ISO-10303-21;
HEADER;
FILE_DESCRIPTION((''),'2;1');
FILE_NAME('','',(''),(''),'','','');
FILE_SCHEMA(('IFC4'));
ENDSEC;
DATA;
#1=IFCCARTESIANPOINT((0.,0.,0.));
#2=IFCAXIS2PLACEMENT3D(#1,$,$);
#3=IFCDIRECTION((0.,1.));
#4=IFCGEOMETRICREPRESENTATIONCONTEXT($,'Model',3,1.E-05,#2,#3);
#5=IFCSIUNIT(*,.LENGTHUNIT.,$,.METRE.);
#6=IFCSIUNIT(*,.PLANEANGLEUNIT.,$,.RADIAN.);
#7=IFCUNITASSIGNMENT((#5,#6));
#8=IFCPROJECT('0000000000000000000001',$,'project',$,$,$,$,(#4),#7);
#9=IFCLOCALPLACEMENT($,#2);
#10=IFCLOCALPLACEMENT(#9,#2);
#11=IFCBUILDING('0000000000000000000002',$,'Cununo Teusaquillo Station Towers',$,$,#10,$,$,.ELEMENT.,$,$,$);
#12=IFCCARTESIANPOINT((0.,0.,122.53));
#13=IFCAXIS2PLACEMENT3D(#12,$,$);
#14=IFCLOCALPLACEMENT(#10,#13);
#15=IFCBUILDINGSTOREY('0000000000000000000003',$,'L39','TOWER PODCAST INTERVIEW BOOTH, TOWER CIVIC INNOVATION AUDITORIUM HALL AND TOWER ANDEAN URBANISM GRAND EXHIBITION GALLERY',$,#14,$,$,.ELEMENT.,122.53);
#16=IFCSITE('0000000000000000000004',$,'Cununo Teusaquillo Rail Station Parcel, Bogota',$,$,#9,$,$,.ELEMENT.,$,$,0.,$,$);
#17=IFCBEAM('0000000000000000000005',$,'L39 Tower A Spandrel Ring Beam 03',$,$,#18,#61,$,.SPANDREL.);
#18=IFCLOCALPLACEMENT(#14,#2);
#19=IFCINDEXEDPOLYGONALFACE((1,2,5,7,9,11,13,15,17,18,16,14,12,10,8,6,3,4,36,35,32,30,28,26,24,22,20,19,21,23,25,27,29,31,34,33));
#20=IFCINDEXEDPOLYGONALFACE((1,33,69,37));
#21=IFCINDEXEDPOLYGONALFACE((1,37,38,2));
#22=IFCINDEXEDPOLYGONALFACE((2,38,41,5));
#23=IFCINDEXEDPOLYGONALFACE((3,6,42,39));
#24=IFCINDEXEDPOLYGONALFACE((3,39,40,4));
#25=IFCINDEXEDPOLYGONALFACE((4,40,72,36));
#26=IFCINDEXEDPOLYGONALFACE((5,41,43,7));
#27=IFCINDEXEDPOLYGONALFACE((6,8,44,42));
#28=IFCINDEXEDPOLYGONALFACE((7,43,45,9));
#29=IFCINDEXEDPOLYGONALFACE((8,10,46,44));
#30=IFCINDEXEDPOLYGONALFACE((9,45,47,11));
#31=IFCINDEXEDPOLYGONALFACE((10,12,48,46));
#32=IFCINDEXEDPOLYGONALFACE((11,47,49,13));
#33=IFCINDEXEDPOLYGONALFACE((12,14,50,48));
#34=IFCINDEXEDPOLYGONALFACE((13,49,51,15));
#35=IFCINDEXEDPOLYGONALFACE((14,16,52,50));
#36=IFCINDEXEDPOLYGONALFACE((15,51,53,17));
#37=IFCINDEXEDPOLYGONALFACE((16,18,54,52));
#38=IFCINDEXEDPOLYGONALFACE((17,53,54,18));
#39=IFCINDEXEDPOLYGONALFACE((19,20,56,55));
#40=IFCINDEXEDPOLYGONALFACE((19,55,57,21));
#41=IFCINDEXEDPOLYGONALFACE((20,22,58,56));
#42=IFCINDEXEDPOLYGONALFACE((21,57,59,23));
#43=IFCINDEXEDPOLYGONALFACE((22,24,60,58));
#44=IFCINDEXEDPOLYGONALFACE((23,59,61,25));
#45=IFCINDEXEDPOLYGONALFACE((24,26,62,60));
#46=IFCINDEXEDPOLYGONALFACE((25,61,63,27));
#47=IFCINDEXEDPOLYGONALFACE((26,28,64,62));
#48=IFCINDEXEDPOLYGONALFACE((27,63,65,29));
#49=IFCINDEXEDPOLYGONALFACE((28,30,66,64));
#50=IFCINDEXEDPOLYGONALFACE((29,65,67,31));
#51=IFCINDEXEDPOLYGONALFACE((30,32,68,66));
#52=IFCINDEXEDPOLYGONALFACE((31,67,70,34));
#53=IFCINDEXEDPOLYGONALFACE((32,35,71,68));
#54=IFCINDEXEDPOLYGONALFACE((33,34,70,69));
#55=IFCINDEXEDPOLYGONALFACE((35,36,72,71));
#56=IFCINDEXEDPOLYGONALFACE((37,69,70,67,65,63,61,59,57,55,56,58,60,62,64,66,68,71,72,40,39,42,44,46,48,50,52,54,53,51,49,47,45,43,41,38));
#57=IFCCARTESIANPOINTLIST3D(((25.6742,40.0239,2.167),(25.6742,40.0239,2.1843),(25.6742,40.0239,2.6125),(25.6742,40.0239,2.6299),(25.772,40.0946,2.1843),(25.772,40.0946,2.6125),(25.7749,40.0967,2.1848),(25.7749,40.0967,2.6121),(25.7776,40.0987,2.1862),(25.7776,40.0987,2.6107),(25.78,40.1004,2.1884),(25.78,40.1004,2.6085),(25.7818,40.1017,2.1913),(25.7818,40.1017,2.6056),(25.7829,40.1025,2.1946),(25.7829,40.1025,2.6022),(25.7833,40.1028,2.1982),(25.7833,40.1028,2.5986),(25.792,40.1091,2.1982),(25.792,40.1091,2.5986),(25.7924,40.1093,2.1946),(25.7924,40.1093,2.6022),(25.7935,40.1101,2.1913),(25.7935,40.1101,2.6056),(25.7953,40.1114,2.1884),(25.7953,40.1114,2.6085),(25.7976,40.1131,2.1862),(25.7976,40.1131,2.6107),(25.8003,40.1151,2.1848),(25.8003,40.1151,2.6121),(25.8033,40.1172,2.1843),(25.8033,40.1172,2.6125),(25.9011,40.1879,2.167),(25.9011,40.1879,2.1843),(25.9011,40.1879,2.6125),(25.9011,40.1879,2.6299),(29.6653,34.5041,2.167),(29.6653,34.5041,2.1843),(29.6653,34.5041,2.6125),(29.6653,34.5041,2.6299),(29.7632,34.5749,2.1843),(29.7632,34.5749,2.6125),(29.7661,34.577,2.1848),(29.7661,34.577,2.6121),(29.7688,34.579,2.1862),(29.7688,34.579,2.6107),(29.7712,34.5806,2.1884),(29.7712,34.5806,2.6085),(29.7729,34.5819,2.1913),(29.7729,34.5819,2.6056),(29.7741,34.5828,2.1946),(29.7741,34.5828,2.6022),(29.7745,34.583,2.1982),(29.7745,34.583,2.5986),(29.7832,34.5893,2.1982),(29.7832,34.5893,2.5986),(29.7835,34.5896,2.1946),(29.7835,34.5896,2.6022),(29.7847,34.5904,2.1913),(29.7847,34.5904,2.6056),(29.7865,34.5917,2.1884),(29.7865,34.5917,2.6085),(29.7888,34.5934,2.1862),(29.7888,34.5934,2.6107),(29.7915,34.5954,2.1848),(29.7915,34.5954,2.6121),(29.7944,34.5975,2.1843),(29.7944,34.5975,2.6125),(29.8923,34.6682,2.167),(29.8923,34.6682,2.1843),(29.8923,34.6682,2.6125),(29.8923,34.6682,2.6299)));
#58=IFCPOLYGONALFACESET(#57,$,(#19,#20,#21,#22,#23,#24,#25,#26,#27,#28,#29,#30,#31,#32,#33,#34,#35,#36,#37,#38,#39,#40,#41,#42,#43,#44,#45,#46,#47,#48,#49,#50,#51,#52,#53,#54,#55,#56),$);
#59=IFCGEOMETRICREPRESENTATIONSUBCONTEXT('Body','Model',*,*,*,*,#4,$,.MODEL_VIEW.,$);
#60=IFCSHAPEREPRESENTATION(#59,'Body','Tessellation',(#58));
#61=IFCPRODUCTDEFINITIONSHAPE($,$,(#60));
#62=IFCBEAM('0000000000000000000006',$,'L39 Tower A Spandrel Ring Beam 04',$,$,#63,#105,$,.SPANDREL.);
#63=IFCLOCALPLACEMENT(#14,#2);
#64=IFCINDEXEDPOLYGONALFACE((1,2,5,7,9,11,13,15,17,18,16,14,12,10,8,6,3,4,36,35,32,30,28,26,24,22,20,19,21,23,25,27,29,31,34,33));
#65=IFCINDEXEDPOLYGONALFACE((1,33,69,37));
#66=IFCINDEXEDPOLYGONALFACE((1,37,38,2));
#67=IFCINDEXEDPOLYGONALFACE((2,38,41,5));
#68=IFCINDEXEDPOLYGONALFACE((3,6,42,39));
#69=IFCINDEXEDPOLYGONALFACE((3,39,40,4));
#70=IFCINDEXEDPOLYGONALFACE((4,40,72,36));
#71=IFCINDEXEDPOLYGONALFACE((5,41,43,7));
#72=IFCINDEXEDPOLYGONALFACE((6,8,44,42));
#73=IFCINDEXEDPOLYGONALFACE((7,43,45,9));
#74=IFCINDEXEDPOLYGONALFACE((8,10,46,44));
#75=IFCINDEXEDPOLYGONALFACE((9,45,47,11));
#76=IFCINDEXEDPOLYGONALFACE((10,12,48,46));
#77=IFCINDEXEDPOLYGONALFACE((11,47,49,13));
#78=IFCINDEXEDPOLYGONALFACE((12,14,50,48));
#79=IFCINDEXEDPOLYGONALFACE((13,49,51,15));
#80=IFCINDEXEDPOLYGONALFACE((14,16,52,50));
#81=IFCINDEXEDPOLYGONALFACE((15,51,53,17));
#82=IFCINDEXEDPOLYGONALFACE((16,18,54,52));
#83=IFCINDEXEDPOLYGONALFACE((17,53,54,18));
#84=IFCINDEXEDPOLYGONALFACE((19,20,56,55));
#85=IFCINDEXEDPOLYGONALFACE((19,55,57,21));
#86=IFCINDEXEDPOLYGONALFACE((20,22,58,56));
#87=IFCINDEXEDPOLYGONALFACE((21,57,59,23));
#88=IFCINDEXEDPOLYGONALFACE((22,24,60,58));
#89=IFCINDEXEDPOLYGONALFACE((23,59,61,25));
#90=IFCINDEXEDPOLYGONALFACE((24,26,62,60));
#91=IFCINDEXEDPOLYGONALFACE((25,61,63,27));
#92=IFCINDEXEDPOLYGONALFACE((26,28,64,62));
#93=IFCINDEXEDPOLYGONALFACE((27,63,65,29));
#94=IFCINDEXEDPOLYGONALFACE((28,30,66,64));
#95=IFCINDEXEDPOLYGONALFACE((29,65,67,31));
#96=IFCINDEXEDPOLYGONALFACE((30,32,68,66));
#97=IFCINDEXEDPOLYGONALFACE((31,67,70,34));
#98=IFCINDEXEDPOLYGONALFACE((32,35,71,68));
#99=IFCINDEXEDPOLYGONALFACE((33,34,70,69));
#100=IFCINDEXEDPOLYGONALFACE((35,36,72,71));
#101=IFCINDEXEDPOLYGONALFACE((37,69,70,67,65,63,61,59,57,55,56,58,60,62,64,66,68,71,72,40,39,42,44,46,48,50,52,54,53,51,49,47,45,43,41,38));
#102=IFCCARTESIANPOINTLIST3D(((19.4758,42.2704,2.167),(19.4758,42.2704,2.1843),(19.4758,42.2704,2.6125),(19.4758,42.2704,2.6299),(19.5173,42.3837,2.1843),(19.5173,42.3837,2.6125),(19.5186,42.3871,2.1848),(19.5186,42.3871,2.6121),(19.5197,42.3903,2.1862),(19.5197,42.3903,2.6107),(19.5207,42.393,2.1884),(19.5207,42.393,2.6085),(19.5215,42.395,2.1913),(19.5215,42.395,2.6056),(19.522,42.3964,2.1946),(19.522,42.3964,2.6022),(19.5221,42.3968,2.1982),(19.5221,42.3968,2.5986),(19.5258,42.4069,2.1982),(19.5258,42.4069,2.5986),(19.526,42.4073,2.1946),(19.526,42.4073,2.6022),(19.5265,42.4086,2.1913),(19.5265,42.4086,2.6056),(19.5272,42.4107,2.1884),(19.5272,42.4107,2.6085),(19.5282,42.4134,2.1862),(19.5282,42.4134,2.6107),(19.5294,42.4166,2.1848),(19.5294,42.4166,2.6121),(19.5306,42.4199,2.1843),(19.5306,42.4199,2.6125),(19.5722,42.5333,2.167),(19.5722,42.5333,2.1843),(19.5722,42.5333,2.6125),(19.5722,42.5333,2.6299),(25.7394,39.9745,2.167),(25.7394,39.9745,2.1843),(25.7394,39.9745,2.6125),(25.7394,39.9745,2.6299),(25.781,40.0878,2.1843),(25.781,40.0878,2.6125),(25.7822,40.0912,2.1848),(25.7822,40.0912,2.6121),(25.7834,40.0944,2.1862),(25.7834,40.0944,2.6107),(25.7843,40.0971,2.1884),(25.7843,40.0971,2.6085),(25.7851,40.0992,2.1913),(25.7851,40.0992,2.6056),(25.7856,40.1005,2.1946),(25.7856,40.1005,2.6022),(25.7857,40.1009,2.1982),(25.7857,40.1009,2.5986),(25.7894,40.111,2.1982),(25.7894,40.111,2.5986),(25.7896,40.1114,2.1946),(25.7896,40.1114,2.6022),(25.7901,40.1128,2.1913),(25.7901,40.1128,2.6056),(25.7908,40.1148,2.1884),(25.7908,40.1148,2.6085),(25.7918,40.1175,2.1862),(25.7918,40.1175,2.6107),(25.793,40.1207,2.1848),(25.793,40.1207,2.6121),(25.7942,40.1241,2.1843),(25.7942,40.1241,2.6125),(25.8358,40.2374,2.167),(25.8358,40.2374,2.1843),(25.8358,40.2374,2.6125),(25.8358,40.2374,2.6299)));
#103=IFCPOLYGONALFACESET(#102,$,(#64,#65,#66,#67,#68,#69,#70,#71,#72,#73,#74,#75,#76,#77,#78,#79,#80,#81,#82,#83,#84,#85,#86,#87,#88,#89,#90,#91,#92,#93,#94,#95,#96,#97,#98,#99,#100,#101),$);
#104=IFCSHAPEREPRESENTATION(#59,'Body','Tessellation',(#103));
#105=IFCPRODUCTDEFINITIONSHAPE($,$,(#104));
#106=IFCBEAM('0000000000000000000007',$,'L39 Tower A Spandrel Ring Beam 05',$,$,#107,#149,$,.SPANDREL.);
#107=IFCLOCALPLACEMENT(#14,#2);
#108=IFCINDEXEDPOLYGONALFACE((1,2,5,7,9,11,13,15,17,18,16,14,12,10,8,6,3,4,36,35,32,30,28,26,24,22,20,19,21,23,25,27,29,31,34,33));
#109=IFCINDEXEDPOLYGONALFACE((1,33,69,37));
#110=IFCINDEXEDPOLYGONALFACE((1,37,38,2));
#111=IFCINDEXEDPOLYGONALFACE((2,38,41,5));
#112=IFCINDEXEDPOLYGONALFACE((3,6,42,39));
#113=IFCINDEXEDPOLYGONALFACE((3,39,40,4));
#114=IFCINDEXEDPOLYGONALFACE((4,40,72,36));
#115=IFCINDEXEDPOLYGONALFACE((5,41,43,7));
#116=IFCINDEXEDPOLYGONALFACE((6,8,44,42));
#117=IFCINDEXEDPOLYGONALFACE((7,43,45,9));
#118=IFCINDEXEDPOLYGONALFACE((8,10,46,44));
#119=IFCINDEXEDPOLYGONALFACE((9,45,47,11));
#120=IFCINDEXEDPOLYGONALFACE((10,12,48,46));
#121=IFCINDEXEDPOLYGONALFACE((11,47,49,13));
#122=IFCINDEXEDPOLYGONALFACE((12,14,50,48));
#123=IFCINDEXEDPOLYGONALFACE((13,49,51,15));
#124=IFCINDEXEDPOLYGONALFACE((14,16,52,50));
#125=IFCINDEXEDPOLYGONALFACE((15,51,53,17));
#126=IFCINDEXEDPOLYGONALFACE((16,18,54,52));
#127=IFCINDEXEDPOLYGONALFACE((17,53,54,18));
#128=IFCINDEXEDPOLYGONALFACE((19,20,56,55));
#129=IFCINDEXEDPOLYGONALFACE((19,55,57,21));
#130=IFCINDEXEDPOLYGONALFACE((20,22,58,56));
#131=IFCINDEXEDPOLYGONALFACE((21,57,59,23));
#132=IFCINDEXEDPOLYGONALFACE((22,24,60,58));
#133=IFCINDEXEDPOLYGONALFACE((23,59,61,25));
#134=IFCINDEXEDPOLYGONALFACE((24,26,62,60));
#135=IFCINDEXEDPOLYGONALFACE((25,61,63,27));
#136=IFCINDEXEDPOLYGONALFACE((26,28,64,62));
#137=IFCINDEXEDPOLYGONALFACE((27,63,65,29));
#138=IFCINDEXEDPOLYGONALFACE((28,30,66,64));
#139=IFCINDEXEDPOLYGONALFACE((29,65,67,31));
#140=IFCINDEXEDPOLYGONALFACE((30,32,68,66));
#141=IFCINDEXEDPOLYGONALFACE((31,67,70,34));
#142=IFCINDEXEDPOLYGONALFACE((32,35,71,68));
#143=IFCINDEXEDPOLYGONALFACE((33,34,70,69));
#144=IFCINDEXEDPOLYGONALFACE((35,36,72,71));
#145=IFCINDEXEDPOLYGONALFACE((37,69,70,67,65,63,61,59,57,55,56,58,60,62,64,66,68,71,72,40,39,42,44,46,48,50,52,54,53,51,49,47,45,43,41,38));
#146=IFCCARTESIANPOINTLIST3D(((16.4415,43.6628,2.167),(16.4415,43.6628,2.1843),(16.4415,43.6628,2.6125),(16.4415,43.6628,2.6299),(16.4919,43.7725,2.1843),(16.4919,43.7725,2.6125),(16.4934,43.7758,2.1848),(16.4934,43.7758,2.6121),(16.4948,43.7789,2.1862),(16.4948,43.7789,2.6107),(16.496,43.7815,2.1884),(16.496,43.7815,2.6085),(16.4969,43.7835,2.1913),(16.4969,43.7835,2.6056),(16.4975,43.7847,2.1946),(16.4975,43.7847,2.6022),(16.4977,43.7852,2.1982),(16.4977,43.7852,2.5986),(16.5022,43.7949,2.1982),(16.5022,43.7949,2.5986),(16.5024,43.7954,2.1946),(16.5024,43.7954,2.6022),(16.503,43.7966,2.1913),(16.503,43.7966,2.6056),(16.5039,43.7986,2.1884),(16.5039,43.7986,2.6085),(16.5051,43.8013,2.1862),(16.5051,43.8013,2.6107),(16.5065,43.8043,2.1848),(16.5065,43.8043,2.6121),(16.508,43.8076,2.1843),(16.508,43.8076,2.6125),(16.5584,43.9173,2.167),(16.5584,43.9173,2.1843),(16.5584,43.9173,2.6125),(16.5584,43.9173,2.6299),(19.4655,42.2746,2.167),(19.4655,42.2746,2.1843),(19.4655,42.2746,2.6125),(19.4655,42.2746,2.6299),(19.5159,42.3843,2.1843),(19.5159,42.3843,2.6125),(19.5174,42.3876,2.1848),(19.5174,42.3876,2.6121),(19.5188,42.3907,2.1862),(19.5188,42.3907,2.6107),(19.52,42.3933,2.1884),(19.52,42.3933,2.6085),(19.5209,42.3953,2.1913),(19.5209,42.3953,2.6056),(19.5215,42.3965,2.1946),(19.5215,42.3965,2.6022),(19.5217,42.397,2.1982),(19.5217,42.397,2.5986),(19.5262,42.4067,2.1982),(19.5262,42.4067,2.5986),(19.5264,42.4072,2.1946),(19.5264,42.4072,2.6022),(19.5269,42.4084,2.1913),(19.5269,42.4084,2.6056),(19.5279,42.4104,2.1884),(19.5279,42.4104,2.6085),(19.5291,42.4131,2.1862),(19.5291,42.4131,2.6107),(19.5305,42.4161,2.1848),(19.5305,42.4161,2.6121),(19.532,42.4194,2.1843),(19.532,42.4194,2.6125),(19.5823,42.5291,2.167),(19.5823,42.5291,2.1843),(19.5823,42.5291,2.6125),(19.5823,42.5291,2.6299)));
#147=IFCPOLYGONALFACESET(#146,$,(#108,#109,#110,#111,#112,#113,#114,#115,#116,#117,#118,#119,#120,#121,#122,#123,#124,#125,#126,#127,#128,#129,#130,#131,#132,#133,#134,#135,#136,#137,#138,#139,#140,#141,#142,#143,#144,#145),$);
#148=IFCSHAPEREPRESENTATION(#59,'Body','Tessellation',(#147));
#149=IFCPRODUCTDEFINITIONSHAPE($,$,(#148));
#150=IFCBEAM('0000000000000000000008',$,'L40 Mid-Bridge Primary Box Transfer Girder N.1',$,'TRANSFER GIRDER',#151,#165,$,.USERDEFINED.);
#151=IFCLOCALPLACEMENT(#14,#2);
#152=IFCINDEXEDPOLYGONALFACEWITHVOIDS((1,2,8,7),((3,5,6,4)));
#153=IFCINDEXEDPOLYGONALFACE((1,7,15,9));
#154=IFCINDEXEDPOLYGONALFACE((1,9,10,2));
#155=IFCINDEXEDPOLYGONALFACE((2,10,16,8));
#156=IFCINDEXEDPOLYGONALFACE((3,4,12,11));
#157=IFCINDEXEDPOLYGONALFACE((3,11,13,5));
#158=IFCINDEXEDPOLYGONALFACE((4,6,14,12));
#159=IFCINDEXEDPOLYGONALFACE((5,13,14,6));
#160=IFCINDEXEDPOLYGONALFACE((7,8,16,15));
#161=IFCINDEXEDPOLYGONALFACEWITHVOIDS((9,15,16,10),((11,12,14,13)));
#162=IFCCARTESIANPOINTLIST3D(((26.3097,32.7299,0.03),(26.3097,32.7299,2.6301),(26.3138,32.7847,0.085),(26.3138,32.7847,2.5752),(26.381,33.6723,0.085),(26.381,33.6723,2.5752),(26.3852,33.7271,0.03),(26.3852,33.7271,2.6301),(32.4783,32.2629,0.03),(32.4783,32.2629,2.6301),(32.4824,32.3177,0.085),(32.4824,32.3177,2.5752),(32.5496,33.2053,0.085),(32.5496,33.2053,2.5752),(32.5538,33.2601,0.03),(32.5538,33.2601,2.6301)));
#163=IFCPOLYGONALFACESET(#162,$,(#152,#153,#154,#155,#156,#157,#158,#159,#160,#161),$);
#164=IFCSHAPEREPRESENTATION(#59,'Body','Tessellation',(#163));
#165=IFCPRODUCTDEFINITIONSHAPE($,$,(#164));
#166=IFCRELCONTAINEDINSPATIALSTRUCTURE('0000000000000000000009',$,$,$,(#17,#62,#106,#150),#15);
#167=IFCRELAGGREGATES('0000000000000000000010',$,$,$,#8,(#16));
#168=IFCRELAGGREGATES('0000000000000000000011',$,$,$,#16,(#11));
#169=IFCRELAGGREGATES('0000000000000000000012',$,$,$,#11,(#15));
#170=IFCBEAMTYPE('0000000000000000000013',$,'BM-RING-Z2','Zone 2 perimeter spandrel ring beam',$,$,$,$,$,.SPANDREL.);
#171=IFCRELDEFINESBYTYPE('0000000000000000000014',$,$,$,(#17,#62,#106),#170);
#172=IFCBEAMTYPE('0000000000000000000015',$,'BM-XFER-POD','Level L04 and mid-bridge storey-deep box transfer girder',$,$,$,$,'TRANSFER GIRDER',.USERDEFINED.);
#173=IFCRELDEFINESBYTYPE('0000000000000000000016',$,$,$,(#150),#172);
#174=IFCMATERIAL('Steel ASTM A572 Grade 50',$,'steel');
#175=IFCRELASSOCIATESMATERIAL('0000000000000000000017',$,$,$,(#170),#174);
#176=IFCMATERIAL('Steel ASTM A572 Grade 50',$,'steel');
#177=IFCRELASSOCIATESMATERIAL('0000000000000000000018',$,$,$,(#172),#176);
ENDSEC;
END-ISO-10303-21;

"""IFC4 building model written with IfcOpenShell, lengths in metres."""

from ifc_helpers import new_model, si_unit, direction, frame, origin, origin_2d, place, context, subcontext, project, spatial, hollow_rectangle, i_section, extrude, material, material_profile, profile_set, type_object, element, save


model = new_model("IFC4")

# Units and contexts
model_context = context("Model", 3, precision=1e-05, world=origin(), true_north=direction((0.0, 1.0)))
body_context = subcontext(model_context, "Body", "Model", "MODEL_VIEW")
ifc_project = project(units=[si_unit("LENGTHUNIT", "METRE"), si_unit("PLANEANGLEUNIT", "RADIAN")], contexts=[model_context])

# Site, building, storey
site_placement = place(None, origin())
site = spatial("IfcSite", under=ifc_project, at=site_placement, Name="Cununo Teusaquillo Rail Station Parcel, Bogota", CompositionType="ELEMENT", RefElevation=0.0)
building_placement = place(site_placement, origin())
building = spatial("IfcBuilding", under=site, at=building_placement, Name="Cununo Teusaquillo Station Towers", CompositionType="ELEMENT")
storey_placement = place(building_placement, frame((0.0, 0.0, 122.53)))
storey = spatial("IfcBuildingStorey", under=building, at=storey_placement, Name="L39", Description="TOWER PODCAST INTERVIEW BOOTH, TOWER CIVIC INNOVATION AUDITORIUM HALL AND TOWER ANDEAN URBANISM GRAND EXHIBITION GALLERY", CompositionType="ELEMENT", Elevation=122.53)

# Beams
ifc_material_1 = material(Name="Steel ASTM A572 Grade 50", Category="steel")
ifc_material_profile_1 = material_profile(ifc_material_1, i_section(OverallWidth=0.28, OverallDepth=0.4629, WebThickness=0.0107, FlangeThickness=0.0173, FilletRadius=0.0139, at=origin_2d()), Name="W18X76")
ifc_profile_set_1 = profile_set([ifc_material_profile_1], Name="Steel ASTM A572 Grade 50")
beam_type_1 = type_object("IfcBeamType", Name="BM-RING-Z2", Description="Zone 2 perimeter spandrel ring beam", PredefinedType="SPANDREL", material=ifc_profile_set_1)
beam_1_placement = place(storey_placement, frame((29.7788, 34.5862, 2.3984), z_axis=(-0.585945, 0.810351, 0.0), x_axis=(-0.810351, -0.585945, 0.0)))
element("IfcBeam", 1, at=beam_1_placement, inside=storey, type_object=beam_type_1, Name="L39 Tower A Spandrel Ring Beam 03", PredefinedType="SPANDREL", context=body_context, shape_type="SweptSolid", body=[
    extrude(i_section(OverallWidth=0.28, OverallDepth=0.4629, WebThickness=0.0107, FlangeThickness=0.0173, FilletRadius=0.0139, at=origin_2d()), origin(), (0.0, 0.0, 1.0), 6.8115),
])
beam_2_placement = place(storey_placement, frame((25.7876, 40.106, 2.3984), z_axis=(-0.938914, 0.344151, 0.0), x_axis=(-0.344151, -0.938914, 0.0)))
element("IfcBeam", 2, at=beam_2_placement, inside=storey, type_object=beam_type_1, Name="L39 Tower A Spandrel Ring Beam 04", PredefinedType="SPANDREL", context=body_context, shape_type="SweptSolid", body=[
    extrude(i_section(OverallWidth=0.28, OverallDepth=0.4629, WebThickness=0.0107, FlangeThickness=0.0173, FilletRadius=0.0139, at=origin_2d()), origin(), (0.0, 0.0, 1.0), 6.6711),
])
beam_3_placement = place(storey_placement, frame((19.5239, 42.4019, 2.3984), z_axis=(-0.908812, 0.417205, 0.0), x_axis=(-0.417205, -0.908812, 0.0)))
element("IfcBeam", 3, at=beam_3_placement, inside=storey, type_object=beam_type_1, Name="L39 Tower A Spandrel Ring Beam 05", PredefinedType="SPANDREL", context=body_context, shape_type="SweptSolid", body=[
    extrude(i_section(OverallWidth=0.28, OverallDepth=0.4629, WebThickness=0.0107, FlangeThickness=0.0173, FilletRadius=0.0139, at=origin_2d()), origin(), (0.0, 0.0, 1.0), 3.3274),
])
ifc_material_2 = material(Name="Steel ASTM A572 Grade 50", Category="steel")
ifc_material_profile_2 = material_profile(ifc_material_2, hollow_rectangle(XDim=1.0, YDim=2.6001, WallThickness=0.0549, at=origin_2d()), Name="BOX 2600x1000x55")
ifc_profile_set_2 = profile_set([ifc_material_profile_2], Name="Steel ASTM A572 Grade 50")
beam_type_2 = type_object("IfcBeamType", Name="BM-XFER-POD", Description="Level L04 and mid-bridge storey-deep box transfer girder", ElementType="TRANSFER GIRDER", PredefinedType="USERDEFINED", material=ifc_profile_set_2)
beam_4_placement = place(storey_placement, frame((26.3474, 33.2285, 1.3301), z_axis=(0.997146, -0.075495, 0.0), x_axis=(0.075495, 0.997146, 0.0)))
element("IfcBeam", 4, at=beam_4_placement, inside=storey, type_object=beam_type_2, Name="L40 Mid-Bridge Primary Box Transfer Girder N.1", ObjectType="TRANSFER GIRDER", PredefinedType="USERDEFINED", context=body_context, shape_type="SweptSolid", body=[
    extrude(hollow_rectangle(XDim=1.0, YDim=2.6001, WallThickness=0.0549, at=origin_2d()), origin(), (0.0, 0.0, 1.0), 6.1863),
])

save(model, "model.ifc")
